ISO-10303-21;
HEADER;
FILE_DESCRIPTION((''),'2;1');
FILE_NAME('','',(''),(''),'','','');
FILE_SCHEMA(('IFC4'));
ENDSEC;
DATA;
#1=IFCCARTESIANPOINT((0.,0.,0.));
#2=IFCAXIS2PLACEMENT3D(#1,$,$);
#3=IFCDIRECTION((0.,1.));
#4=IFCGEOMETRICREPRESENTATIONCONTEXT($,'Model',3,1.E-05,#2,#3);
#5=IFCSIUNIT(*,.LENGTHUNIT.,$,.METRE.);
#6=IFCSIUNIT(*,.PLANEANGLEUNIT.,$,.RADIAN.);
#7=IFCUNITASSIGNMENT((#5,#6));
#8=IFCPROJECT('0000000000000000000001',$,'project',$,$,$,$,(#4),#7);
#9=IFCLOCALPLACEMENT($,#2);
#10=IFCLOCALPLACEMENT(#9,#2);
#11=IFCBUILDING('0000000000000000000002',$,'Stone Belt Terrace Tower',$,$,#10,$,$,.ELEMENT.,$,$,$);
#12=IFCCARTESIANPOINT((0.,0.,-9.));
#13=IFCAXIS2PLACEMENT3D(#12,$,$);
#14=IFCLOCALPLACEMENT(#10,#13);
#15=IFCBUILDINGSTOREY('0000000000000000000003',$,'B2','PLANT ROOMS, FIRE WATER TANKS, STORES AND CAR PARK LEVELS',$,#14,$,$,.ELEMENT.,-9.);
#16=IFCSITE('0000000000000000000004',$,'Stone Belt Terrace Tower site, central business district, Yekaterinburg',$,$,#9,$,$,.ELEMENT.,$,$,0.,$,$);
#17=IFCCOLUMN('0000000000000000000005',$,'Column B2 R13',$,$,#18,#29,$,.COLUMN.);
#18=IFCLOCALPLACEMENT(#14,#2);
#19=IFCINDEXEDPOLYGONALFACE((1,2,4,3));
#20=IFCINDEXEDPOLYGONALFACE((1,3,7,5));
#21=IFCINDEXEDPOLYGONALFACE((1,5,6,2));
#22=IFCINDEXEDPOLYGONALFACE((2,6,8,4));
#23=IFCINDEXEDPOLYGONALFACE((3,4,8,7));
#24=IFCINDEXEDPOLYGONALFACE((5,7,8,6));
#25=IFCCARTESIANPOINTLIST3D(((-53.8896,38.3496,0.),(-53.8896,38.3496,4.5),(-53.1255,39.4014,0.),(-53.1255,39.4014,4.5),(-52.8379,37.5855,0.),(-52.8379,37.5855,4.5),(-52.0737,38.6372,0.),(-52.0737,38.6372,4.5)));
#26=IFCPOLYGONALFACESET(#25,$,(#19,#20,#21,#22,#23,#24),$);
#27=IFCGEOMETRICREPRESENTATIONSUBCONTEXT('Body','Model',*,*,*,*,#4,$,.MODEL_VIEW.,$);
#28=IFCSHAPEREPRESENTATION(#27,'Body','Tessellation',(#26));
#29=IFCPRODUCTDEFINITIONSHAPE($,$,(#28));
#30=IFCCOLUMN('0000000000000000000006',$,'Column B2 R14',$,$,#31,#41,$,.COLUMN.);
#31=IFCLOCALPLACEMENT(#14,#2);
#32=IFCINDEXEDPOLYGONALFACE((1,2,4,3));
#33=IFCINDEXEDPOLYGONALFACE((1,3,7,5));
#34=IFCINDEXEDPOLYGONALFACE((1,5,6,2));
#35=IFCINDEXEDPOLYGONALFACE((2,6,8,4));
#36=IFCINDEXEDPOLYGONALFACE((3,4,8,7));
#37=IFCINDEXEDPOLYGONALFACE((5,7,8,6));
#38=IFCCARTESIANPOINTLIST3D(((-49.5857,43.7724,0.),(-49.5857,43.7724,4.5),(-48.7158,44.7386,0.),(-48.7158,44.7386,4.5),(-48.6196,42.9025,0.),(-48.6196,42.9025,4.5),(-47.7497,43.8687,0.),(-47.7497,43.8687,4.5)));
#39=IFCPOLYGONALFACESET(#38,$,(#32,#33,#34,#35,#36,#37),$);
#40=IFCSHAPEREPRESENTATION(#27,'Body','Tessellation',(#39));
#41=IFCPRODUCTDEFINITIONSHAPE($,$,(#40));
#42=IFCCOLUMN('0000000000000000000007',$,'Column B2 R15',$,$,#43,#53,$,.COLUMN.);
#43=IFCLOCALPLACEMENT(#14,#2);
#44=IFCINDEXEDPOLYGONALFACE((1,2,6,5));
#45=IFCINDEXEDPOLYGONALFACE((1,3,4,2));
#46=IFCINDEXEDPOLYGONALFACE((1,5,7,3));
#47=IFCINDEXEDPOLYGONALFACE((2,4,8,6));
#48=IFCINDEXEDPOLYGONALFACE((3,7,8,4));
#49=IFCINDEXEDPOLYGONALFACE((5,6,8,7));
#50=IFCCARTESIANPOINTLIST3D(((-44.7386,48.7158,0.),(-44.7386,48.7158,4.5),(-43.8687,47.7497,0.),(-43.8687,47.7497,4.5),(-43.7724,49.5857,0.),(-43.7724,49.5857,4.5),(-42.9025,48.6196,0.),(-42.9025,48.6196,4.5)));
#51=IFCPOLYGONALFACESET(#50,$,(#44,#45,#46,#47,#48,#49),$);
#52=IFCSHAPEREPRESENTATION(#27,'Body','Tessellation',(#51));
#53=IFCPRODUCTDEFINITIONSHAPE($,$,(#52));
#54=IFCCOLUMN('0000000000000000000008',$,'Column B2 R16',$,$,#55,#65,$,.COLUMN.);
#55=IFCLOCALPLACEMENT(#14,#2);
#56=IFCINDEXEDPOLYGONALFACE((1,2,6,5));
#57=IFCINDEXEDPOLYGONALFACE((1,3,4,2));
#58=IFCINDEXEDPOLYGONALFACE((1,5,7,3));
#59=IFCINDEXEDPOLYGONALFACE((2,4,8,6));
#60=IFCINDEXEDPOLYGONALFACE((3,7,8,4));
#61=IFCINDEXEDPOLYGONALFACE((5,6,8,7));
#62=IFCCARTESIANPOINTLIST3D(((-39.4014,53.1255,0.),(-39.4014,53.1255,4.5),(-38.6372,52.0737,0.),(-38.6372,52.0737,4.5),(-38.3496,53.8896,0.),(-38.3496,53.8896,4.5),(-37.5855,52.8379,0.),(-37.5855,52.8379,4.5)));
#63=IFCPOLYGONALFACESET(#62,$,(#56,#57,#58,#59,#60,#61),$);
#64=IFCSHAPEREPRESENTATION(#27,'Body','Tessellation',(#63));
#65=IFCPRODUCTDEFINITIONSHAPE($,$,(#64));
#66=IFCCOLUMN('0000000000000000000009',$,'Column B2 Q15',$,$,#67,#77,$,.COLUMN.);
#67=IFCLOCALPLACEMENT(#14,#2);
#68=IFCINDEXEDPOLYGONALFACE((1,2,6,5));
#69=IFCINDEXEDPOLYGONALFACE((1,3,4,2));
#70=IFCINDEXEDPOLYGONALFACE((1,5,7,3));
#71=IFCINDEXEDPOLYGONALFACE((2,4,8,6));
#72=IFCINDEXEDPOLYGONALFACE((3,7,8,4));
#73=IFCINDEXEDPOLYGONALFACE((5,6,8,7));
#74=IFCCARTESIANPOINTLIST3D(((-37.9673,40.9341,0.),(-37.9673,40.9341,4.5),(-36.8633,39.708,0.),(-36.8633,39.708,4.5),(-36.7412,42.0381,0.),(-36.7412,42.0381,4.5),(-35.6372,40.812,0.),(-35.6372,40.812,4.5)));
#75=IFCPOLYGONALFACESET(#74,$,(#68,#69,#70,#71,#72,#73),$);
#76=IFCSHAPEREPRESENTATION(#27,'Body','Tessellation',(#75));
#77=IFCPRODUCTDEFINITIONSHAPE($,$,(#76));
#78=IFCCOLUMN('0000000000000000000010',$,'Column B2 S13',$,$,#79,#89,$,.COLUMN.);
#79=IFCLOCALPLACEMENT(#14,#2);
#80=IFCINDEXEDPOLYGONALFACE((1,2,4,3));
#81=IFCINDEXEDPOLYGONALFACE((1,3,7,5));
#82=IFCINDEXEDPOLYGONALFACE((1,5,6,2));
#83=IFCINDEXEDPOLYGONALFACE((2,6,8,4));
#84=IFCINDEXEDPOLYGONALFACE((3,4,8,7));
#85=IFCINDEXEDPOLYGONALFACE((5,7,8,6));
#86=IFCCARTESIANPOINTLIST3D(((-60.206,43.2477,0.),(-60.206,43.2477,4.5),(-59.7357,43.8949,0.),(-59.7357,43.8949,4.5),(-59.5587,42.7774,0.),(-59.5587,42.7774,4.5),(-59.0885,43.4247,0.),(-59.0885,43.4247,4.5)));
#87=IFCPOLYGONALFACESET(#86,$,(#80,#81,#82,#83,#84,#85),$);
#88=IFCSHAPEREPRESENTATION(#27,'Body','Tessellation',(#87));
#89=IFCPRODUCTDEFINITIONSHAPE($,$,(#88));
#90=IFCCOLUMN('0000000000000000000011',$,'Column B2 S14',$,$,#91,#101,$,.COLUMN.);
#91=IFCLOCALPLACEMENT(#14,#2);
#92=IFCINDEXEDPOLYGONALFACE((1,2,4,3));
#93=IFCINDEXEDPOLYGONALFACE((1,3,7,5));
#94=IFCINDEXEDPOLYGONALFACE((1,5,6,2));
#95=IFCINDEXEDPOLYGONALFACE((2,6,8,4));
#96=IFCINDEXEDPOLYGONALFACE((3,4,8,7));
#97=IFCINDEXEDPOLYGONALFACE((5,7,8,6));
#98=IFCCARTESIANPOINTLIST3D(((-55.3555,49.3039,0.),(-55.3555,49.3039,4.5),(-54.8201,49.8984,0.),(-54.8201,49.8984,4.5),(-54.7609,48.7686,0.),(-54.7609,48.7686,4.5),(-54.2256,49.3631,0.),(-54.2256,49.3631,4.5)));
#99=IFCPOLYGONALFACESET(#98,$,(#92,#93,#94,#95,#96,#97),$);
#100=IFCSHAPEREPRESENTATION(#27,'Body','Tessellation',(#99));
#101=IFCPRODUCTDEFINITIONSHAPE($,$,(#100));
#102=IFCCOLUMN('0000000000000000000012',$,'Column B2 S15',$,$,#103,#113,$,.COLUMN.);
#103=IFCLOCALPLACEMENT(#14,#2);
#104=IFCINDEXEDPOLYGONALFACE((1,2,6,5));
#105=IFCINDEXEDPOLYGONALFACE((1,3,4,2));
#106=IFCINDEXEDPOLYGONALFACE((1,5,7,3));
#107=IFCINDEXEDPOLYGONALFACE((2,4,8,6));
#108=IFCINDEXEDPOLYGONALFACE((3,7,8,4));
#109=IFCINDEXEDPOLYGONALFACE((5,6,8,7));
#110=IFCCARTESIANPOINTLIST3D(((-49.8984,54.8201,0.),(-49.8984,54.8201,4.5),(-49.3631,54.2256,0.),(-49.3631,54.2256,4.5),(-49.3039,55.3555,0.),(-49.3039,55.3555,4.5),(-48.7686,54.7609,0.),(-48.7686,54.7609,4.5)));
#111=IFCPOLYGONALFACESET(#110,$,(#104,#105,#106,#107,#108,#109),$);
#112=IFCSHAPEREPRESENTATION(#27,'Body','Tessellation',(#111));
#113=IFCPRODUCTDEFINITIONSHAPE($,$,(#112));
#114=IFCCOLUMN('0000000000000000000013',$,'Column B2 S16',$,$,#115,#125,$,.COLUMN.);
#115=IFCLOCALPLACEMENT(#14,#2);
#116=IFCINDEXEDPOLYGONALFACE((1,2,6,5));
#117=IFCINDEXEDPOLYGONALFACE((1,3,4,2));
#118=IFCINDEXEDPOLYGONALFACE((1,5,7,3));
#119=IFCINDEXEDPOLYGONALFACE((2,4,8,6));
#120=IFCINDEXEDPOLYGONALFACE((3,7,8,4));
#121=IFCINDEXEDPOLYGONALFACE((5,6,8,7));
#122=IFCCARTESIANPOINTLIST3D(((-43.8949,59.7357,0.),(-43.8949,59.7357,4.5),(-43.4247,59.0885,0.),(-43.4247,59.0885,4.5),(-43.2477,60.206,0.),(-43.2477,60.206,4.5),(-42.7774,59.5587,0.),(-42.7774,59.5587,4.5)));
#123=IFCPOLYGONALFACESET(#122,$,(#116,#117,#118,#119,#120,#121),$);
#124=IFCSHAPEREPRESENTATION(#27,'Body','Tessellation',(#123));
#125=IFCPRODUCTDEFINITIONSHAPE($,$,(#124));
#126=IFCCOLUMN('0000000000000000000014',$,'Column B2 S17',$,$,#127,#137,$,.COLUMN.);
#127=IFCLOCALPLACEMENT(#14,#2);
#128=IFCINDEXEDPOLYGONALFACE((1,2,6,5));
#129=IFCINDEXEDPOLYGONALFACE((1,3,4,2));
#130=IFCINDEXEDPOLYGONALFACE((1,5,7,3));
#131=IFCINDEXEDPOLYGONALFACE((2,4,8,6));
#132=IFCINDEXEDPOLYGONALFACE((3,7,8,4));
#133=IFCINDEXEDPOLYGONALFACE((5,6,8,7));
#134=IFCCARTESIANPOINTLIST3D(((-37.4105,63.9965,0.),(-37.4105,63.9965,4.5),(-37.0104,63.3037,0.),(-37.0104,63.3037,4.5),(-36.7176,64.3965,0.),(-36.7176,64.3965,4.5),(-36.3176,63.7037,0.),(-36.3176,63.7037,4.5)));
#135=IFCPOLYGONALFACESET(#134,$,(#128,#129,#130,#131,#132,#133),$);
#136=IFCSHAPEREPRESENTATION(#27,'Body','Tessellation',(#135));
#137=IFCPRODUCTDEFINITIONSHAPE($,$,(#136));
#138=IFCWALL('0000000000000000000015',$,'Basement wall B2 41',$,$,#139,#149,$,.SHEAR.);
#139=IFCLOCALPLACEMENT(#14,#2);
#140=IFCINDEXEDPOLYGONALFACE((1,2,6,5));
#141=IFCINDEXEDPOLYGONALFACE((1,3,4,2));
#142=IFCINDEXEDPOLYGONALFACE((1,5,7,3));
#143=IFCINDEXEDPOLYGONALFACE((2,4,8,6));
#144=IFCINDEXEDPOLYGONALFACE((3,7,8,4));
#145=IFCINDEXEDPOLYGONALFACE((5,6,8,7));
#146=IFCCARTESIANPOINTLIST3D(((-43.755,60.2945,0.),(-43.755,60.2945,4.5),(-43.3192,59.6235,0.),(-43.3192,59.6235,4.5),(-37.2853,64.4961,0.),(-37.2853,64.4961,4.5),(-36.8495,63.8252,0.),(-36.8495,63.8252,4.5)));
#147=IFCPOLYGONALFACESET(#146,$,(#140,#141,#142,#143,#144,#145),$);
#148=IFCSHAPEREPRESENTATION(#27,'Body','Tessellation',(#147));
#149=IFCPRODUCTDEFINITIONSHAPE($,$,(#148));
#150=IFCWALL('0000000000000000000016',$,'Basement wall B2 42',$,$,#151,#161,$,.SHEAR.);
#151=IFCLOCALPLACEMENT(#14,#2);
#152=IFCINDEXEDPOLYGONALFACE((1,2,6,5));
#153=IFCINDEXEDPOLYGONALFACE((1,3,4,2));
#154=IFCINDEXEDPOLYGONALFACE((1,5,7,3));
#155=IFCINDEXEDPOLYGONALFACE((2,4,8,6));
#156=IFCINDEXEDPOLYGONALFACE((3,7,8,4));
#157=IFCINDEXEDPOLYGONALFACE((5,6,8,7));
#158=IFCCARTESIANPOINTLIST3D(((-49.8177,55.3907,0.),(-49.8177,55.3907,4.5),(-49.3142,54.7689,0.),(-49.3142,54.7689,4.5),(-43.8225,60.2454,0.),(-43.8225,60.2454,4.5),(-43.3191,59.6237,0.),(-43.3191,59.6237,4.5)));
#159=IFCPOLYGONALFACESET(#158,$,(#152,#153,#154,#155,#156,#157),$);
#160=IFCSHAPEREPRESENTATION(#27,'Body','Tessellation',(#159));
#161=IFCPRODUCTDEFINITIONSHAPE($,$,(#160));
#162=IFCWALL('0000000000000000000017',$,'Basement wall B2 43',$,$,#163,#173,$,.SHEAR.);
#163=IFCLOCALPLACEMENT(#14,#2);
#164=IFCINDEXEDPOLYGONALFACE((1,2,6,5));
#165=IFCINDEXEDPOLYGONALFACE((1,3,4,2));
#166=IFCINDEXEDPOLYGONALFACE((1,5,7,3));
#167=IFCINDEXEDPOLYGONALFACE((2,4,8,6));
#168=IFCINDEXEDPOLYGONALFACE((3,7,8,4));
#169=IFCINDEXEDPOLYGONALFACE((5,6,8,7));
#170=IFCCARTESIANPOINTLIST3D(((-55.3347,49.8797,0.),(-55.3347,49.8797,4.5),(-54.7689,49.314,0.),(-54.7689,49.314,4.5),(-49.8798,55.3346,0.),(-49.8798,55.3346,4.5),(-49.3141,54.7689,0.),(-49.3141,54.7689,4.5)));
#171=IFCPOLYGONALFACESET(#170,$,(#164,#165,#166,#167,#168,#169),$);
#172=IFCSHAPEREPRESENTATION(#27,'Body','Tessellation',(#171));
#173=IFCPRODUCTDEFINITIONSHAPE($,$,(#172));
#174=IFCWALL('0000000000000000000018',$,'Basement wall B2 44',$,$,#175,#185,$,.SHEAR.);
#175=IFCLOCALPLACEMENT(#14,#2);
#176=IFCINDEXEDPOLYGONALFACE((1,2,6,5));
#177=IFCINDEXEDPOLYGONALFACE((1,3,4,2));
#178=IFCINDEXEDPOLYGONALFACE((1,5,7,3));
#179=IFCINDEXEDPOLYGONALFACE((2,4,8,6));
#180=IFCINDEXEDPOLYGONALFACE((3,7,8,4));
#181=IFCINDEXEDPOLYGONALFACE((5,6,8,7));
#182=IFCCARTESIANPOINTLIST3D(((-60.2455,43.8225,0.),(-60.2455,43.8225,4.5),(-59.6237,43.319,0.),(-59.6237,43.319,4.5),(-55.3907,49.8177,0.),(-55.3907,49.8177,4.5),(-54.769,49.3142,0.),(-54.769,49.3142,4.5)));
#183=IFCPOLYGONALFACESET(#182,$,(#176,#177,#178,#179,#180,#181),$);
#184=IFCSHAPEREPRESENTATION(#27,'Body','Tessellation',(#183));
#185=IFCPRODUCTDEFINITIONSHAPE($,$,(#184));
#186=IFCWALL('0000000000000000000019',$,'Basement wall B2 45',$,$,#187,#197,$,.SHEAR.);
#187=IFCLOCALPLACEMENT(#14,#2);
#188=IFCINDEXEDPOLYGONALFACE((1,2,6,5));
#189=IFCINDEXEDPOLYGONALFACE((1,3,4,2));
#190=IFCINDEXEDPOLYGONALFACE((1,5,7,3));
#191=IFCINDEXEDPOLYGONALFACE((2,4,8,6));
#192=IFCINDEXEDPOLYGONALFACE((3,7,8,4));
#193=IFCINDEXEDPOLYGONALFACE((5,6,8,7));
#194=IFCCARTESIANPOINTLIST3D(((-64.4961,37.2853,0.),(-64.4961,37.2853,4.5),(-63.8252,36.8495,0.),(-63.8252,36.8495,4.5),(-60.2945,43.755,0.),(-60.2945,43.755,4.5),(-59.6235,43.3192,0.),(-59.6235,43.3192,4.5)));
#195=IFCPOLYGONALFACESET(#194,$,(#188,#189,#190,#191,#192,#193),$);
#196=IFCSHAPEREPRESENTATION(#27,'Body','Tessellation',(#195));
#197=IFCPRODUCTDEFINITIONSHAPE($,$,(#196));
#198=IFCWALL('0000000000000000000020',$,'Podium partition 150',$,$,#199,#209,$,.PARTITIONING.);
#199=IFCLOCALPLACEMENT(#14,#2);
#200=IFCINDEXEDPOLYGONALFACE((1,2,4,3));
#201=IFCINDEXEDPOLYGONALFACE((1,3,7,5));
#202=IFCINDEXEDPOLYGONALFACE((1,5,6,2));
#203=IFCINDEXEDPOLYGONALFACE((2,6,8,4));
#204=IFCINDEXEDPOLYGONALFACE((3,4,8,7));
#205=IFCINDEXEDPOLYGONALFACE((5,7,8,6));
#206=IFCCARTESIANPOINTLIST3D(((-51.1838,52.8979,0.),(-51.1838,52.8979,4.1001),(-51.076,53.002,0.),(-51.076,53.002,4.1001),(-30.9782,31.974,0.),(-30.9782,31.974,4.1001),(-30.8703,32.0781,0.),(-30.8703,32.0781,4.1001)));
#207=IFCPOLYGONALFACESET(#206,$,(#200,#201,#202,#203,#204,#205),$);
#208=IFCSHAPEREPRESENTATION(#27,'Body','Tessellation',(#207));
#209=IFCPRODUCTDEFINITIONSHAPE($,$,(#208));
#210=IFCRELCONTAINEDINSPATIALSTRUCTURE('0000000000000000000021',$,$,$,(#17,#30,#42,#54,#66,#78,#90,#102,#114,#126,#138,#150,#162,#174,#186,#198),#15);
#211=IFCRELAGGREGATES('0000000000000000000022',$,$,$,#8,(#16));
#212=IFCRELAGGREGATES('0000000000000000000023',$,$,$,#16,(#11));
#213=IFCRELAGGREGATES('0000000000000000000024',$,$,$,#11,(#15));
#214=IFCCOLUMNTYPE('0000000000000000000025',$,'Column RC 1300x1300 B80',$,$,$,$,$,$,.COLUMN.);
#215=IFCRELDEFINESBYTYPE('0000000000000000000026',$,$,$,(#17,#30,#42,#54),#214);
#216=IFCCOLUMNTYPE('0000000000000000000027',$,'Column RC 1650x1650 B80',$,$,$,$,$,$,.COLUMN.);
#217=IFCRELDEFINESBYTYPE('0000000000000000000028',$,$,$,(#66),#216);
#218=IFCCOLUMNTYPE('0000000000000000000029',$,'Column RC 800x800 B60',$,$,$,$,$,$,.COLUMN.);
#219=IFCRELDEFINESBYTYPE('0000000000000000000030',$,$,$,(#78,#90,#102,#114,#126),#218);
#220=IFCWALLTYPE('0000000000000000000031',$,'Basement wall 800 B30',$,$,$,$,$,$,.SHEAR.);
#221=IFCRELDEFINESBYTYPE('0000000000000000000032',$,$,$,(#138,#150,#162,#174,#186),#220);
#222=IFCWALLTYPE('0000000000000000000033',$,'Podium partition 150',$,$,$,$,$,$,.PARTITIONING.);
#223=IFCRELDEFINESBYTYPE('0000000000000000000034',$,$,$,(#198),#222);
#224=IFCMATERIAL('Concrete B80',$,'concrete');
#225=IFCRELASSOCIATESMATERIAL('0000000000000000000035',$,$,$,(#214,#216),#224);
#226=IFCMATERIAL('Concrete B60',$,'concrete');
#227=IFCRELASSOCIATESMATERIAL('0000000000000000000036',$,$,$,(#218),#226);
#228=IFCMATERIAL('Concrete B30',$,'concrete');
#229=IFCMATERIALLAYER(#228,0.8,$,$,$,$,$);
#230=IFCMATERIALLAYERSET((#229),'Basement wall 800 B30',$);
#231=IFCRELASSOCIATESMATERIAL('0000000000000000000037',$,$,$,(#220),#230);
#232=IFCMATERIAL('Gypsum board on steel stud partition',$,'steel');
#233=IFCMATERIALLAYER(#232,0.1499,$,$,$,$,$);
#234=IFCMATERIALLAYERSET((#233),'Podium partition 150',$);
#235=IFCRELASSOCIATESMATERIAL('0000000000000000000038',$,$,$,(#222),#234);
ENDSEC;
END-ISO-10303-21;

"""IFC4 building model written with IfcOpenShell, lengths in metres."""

from ifc_helpers import new_model, si_unit, direction, frame, frame_2d, origin, origin_2d, place, context, subcontext, project, spatial, rectangle, extrude, material, layer, layer_set, material_profile, profile_set, type_object, element, save


model = new_model("IFC4")

# Units and contexts
model_context = context("Model", 3, precision=1e-05, world=origin(), true_north=direction((0.0, 1.0)))
body_context = subcontext(model_context, "Body", "Model", "MODEL_VIEW")
ifc_project = project(units=[si_unit("LENGTHUNIT", "METRE"), si_unit("PLANEANGLEUNIT", "RADIAN")], contexts=[model_context])

# Site, building, storey
site_placement = place(None, origin())
site = spatial("IfcSite", under=ifc_project, at=site_placement, Name="Stone Belt Terrace Tower site, central business district, Yekaterinburg", CompositionType="ELEMENT", RefElevation=0.0)
building_placement = place(site_placement, origin())
building = spatial("IfcBuilding", under=site, at=building_placement, Name="Stone Belt Terrace Tower", CompositionType="ELEMENT")
storey_placement = place(building_placement, frame((0.0, 0.0, -9.0)))
storey = spatial("IfcBuildingStorey", under=building, at=storey_placement, Name="B2", Description="PLANT ROOMS, FIRE WATER TANKS, STORES AND CAR PARK LEVELS", CompositionType="ELEMENT", Elevation=-9.0)

# Columns
ifc_material_1 = material(Name="Concrete B80", Category="concrete")
ifc_material_profile_1 = material_profile(ifc_material_1, rectangle(XDim=1.3, YDim=1.3, at=origin_2d()), Name="RC 1300x1300")
ifc_profile_set_1 = profile_set([ifc_material_profile_1], Name="Concrete B80")
column_type_1 = type_object("IfcColumnType", Name="Column RC 1300x1300 B80", PredefinedType="COLUMN", material=ifc_profile_set_1)
for number, where, z_axis, x_axis, name in (
    (1, (-52.9817, 38.4934, 0.0), (0.0, 0.0, 1.0), (0.587785, 0.809017, 0.0), "Column B2 R13"),
    (2, (-48.6677, 43.8206, 0.0), (0.0, 0.0, 1.0), (0.669131, 0.743145, 0.0), "Column B2 R14"),
    (3, (-43.8206, 48.6677, 0.0), (0.0, 0.0, 1.0), (0.743145, 0.669131, 0.0), "Column B2 R15"),
    (4, (-38.4934, 52.9817, 0.0), (0.0, 0.0, 1.0), (0.809017, 0.587785, 0.0), "Column B2 R16"),
):
    element("IfcColumn", number, at=place(storey_placement, frame(where, z_axis=z_axis, x_axis=x_axis)), inside=storey, type_object=column_type_1, Name=name, PredefinedType="COLUMN", context=body_context, shape_type="SweptSolid", body=[
        extrude(rectangle(XDim=1.3, YDim=1.3, at=origin_2d()), origin(), (0.0, 0.0, 1.0), 4.5),
    ])
ifc_material_profile_2 = material_profile(ifc_material_1, rectangle(XDim=1.6499, YDim=1.6499, at=origin_2d()), Name="RC 1650x1650")
ifc_profile_set_2 = profile_set([ifc_material_profile_2], Name="Concrete B80")
column_type_2 = type_object("IfcColumnType", Name="Column RC 1650x1650 B80", PredefinedType="COLUMN", material=ifc_profile_set_2)
column_placement = place(storey_placement, frame((-36.8022, 40.873, 0.0), z_axis=(0.0, 0.0, 1.0), x_axis=(0.743145, 0.669131, 0.0)))
element("IfcColumn", 5, at=column_placement, inside=storey, type_object=column_type_2, Name="Column B2 Q15", PredefinedType="COLUMN", context=body_context, shape_type="SweptSolid", body=[
    extrude(rectangle(XDim=1.6499, YDim=1.6499, at=origin_2d()), origin(), (0.0, 0.0, 1.0), 4.5),
])
ifc_material_2 = material(Name="Concrete B60", Category="concrete")
ifc_material_profile_3 = material_profile(ifc_material_2, rectangle(XDim=0.8, YDim=0.8, at=origin_2d()), Name="RC 800x800")
ifc_profile_set_3 = profile_set([ifc_material_profile_3], Name="Concrete B60")
column_type_3 = type_object("IfcColumnType", Name="Column RC 800x800 B60", PredefinedType="COLUMN", material=ifc_profile_set_3)
for number, where, z_axis, x_axis, name in (
    (6, (-59.6472, 43.3362, 0.0), (0.0, 0.0, 1.0), (0.587785, 0.809017, 0.0), "Column B2 S13"),
    (7, (-54.7905, 49.3335, 0.0), (0.0, 0.0, 1.0), (0.669131, 0.743145, 0.0), "Column B2 S14"),
    (8, (-49.3335, 54.7905, 0.0), (0.0, 0.0, 1.0), (0.743145, 0.669131, 0.0), "Column B2 S15"),
    (9, (-43.3362, 59.6472, 0.0), (0.0, 0.0, 1.0), (0.809017, 0.587785, 0.0), "Column B2 S16"),
    (10, (-36.864, 63.8501, 0.0), (0.0, 0.0, 1.0), (0.866025, 0.5, 0.0), "Column B2 S17"),
):
    element("IfcColumn", number, at=place(storey_placement, frame(where, z_axis=z_axis, x_axis=x_axis)), inside=storey, type_object=column_type_3, Name=name, PredefinedType="COLUMN", context=body_context, shape_type="SweptSolid", body=[
        extrude(rectangle(XDim=0.8, YDim=0.8, at=origin_2d()), origin(), (0.0, 0.0, 1.0), 4.5),
    ])

# Walls
ifc_material_3 = material(Name="Concrete B30", Category="concrete")
ifc_layer_1 = layer(ifc_material_3, 0.8)
ifc_layer_set_1 = layer_set([ifc_layer_1], Name="Basement wall 800 B30")
wall_type_1 = type_object("IfcWallType", Name="Basement wall 800 B30", PredefinedType="SHEAR", material=ifc_layer_set_1)
for number, where, z_axis, x_axis, name in (
    (11, (-37.0674, 64.1606, 0.0), (0.0, 0.0, 1.0), (-0.83866, -0.544655, 0.0), "Basement wall B2 41"),
    (12, (-43.5708, 59.9346, 0.0), (0.0, 0.0, 1.0), (-0.777147, -0.629319, 0.0), "Basement wall B2 42"),
    (13, (-49.5969, 55.0518, 0.0), (0.0, 0.0, 1.0), (-0.707107, -0.707107, 0.0), "Basement wall B2 43"),
    (14, (-55.0798, 49.5659, 0.0), (0.0, 0.0, 1.0), (-0.629319, -0.777147, 0.0), "Basement wall B2 44"),
    (15, (-59.959, 43.5371, 0.0), (0.0, 0.0, 1.0), (-0.544655, -0.83866, 0.0), "Basement wall B2 45"),
):
    element("IfcWall", number, at=place(storey_placement, frame(where, z_axis=z_axis, x_axis=x_axis)), inside=storey, type_object=wall_type_1, Name=name, PredefinedType="SHEAR", context=body_context, shape_type="SweptSolid", body=[
        extrude(rectangle(XDim=7.7144, YDim=0.8, at=frame_2d((3.8572, 0.0))), origin(), (0.0, 0.0, 1.0), 4.5),
    ])
ifc_material_4 = material(Name="Gypsum board on steel stud partition", Category="steel")
ifc_layer_2 = layer(ifc_material_4, 0.1499)
ifc_layer_set_2 = layer_set([ifc_layer_2], Name="Podium partition 150")
wall_type_2 = type_object("IfcWallType", Name="Podium partition 150", PredefinedType="PARTITIONING", material=ifc_layer_set_2)
wall_1_placement = place(storey_placement, frame((-51.1299, 52.95, 0.0), z_axis=(0.0, 0.0, 1.0), x_axis=(0.694652, -0.719346, 0.0)))
element("IfcWall", 16, at=wall_1_placement, inside=storey, type_object=wall_type_2, Name="Podium partition 150", PredefinedType="PARTITIONING", context=body_context, shape_type="SweptSolid", body=[
    extrude(rectangle(XDim=29.0874, YDim=0.1499, at=frame_2d((14.5437, 0.0))), origin(), (0.0, 0.0, 1.0), 4.1001),
])

save(model, "model.ifc")
